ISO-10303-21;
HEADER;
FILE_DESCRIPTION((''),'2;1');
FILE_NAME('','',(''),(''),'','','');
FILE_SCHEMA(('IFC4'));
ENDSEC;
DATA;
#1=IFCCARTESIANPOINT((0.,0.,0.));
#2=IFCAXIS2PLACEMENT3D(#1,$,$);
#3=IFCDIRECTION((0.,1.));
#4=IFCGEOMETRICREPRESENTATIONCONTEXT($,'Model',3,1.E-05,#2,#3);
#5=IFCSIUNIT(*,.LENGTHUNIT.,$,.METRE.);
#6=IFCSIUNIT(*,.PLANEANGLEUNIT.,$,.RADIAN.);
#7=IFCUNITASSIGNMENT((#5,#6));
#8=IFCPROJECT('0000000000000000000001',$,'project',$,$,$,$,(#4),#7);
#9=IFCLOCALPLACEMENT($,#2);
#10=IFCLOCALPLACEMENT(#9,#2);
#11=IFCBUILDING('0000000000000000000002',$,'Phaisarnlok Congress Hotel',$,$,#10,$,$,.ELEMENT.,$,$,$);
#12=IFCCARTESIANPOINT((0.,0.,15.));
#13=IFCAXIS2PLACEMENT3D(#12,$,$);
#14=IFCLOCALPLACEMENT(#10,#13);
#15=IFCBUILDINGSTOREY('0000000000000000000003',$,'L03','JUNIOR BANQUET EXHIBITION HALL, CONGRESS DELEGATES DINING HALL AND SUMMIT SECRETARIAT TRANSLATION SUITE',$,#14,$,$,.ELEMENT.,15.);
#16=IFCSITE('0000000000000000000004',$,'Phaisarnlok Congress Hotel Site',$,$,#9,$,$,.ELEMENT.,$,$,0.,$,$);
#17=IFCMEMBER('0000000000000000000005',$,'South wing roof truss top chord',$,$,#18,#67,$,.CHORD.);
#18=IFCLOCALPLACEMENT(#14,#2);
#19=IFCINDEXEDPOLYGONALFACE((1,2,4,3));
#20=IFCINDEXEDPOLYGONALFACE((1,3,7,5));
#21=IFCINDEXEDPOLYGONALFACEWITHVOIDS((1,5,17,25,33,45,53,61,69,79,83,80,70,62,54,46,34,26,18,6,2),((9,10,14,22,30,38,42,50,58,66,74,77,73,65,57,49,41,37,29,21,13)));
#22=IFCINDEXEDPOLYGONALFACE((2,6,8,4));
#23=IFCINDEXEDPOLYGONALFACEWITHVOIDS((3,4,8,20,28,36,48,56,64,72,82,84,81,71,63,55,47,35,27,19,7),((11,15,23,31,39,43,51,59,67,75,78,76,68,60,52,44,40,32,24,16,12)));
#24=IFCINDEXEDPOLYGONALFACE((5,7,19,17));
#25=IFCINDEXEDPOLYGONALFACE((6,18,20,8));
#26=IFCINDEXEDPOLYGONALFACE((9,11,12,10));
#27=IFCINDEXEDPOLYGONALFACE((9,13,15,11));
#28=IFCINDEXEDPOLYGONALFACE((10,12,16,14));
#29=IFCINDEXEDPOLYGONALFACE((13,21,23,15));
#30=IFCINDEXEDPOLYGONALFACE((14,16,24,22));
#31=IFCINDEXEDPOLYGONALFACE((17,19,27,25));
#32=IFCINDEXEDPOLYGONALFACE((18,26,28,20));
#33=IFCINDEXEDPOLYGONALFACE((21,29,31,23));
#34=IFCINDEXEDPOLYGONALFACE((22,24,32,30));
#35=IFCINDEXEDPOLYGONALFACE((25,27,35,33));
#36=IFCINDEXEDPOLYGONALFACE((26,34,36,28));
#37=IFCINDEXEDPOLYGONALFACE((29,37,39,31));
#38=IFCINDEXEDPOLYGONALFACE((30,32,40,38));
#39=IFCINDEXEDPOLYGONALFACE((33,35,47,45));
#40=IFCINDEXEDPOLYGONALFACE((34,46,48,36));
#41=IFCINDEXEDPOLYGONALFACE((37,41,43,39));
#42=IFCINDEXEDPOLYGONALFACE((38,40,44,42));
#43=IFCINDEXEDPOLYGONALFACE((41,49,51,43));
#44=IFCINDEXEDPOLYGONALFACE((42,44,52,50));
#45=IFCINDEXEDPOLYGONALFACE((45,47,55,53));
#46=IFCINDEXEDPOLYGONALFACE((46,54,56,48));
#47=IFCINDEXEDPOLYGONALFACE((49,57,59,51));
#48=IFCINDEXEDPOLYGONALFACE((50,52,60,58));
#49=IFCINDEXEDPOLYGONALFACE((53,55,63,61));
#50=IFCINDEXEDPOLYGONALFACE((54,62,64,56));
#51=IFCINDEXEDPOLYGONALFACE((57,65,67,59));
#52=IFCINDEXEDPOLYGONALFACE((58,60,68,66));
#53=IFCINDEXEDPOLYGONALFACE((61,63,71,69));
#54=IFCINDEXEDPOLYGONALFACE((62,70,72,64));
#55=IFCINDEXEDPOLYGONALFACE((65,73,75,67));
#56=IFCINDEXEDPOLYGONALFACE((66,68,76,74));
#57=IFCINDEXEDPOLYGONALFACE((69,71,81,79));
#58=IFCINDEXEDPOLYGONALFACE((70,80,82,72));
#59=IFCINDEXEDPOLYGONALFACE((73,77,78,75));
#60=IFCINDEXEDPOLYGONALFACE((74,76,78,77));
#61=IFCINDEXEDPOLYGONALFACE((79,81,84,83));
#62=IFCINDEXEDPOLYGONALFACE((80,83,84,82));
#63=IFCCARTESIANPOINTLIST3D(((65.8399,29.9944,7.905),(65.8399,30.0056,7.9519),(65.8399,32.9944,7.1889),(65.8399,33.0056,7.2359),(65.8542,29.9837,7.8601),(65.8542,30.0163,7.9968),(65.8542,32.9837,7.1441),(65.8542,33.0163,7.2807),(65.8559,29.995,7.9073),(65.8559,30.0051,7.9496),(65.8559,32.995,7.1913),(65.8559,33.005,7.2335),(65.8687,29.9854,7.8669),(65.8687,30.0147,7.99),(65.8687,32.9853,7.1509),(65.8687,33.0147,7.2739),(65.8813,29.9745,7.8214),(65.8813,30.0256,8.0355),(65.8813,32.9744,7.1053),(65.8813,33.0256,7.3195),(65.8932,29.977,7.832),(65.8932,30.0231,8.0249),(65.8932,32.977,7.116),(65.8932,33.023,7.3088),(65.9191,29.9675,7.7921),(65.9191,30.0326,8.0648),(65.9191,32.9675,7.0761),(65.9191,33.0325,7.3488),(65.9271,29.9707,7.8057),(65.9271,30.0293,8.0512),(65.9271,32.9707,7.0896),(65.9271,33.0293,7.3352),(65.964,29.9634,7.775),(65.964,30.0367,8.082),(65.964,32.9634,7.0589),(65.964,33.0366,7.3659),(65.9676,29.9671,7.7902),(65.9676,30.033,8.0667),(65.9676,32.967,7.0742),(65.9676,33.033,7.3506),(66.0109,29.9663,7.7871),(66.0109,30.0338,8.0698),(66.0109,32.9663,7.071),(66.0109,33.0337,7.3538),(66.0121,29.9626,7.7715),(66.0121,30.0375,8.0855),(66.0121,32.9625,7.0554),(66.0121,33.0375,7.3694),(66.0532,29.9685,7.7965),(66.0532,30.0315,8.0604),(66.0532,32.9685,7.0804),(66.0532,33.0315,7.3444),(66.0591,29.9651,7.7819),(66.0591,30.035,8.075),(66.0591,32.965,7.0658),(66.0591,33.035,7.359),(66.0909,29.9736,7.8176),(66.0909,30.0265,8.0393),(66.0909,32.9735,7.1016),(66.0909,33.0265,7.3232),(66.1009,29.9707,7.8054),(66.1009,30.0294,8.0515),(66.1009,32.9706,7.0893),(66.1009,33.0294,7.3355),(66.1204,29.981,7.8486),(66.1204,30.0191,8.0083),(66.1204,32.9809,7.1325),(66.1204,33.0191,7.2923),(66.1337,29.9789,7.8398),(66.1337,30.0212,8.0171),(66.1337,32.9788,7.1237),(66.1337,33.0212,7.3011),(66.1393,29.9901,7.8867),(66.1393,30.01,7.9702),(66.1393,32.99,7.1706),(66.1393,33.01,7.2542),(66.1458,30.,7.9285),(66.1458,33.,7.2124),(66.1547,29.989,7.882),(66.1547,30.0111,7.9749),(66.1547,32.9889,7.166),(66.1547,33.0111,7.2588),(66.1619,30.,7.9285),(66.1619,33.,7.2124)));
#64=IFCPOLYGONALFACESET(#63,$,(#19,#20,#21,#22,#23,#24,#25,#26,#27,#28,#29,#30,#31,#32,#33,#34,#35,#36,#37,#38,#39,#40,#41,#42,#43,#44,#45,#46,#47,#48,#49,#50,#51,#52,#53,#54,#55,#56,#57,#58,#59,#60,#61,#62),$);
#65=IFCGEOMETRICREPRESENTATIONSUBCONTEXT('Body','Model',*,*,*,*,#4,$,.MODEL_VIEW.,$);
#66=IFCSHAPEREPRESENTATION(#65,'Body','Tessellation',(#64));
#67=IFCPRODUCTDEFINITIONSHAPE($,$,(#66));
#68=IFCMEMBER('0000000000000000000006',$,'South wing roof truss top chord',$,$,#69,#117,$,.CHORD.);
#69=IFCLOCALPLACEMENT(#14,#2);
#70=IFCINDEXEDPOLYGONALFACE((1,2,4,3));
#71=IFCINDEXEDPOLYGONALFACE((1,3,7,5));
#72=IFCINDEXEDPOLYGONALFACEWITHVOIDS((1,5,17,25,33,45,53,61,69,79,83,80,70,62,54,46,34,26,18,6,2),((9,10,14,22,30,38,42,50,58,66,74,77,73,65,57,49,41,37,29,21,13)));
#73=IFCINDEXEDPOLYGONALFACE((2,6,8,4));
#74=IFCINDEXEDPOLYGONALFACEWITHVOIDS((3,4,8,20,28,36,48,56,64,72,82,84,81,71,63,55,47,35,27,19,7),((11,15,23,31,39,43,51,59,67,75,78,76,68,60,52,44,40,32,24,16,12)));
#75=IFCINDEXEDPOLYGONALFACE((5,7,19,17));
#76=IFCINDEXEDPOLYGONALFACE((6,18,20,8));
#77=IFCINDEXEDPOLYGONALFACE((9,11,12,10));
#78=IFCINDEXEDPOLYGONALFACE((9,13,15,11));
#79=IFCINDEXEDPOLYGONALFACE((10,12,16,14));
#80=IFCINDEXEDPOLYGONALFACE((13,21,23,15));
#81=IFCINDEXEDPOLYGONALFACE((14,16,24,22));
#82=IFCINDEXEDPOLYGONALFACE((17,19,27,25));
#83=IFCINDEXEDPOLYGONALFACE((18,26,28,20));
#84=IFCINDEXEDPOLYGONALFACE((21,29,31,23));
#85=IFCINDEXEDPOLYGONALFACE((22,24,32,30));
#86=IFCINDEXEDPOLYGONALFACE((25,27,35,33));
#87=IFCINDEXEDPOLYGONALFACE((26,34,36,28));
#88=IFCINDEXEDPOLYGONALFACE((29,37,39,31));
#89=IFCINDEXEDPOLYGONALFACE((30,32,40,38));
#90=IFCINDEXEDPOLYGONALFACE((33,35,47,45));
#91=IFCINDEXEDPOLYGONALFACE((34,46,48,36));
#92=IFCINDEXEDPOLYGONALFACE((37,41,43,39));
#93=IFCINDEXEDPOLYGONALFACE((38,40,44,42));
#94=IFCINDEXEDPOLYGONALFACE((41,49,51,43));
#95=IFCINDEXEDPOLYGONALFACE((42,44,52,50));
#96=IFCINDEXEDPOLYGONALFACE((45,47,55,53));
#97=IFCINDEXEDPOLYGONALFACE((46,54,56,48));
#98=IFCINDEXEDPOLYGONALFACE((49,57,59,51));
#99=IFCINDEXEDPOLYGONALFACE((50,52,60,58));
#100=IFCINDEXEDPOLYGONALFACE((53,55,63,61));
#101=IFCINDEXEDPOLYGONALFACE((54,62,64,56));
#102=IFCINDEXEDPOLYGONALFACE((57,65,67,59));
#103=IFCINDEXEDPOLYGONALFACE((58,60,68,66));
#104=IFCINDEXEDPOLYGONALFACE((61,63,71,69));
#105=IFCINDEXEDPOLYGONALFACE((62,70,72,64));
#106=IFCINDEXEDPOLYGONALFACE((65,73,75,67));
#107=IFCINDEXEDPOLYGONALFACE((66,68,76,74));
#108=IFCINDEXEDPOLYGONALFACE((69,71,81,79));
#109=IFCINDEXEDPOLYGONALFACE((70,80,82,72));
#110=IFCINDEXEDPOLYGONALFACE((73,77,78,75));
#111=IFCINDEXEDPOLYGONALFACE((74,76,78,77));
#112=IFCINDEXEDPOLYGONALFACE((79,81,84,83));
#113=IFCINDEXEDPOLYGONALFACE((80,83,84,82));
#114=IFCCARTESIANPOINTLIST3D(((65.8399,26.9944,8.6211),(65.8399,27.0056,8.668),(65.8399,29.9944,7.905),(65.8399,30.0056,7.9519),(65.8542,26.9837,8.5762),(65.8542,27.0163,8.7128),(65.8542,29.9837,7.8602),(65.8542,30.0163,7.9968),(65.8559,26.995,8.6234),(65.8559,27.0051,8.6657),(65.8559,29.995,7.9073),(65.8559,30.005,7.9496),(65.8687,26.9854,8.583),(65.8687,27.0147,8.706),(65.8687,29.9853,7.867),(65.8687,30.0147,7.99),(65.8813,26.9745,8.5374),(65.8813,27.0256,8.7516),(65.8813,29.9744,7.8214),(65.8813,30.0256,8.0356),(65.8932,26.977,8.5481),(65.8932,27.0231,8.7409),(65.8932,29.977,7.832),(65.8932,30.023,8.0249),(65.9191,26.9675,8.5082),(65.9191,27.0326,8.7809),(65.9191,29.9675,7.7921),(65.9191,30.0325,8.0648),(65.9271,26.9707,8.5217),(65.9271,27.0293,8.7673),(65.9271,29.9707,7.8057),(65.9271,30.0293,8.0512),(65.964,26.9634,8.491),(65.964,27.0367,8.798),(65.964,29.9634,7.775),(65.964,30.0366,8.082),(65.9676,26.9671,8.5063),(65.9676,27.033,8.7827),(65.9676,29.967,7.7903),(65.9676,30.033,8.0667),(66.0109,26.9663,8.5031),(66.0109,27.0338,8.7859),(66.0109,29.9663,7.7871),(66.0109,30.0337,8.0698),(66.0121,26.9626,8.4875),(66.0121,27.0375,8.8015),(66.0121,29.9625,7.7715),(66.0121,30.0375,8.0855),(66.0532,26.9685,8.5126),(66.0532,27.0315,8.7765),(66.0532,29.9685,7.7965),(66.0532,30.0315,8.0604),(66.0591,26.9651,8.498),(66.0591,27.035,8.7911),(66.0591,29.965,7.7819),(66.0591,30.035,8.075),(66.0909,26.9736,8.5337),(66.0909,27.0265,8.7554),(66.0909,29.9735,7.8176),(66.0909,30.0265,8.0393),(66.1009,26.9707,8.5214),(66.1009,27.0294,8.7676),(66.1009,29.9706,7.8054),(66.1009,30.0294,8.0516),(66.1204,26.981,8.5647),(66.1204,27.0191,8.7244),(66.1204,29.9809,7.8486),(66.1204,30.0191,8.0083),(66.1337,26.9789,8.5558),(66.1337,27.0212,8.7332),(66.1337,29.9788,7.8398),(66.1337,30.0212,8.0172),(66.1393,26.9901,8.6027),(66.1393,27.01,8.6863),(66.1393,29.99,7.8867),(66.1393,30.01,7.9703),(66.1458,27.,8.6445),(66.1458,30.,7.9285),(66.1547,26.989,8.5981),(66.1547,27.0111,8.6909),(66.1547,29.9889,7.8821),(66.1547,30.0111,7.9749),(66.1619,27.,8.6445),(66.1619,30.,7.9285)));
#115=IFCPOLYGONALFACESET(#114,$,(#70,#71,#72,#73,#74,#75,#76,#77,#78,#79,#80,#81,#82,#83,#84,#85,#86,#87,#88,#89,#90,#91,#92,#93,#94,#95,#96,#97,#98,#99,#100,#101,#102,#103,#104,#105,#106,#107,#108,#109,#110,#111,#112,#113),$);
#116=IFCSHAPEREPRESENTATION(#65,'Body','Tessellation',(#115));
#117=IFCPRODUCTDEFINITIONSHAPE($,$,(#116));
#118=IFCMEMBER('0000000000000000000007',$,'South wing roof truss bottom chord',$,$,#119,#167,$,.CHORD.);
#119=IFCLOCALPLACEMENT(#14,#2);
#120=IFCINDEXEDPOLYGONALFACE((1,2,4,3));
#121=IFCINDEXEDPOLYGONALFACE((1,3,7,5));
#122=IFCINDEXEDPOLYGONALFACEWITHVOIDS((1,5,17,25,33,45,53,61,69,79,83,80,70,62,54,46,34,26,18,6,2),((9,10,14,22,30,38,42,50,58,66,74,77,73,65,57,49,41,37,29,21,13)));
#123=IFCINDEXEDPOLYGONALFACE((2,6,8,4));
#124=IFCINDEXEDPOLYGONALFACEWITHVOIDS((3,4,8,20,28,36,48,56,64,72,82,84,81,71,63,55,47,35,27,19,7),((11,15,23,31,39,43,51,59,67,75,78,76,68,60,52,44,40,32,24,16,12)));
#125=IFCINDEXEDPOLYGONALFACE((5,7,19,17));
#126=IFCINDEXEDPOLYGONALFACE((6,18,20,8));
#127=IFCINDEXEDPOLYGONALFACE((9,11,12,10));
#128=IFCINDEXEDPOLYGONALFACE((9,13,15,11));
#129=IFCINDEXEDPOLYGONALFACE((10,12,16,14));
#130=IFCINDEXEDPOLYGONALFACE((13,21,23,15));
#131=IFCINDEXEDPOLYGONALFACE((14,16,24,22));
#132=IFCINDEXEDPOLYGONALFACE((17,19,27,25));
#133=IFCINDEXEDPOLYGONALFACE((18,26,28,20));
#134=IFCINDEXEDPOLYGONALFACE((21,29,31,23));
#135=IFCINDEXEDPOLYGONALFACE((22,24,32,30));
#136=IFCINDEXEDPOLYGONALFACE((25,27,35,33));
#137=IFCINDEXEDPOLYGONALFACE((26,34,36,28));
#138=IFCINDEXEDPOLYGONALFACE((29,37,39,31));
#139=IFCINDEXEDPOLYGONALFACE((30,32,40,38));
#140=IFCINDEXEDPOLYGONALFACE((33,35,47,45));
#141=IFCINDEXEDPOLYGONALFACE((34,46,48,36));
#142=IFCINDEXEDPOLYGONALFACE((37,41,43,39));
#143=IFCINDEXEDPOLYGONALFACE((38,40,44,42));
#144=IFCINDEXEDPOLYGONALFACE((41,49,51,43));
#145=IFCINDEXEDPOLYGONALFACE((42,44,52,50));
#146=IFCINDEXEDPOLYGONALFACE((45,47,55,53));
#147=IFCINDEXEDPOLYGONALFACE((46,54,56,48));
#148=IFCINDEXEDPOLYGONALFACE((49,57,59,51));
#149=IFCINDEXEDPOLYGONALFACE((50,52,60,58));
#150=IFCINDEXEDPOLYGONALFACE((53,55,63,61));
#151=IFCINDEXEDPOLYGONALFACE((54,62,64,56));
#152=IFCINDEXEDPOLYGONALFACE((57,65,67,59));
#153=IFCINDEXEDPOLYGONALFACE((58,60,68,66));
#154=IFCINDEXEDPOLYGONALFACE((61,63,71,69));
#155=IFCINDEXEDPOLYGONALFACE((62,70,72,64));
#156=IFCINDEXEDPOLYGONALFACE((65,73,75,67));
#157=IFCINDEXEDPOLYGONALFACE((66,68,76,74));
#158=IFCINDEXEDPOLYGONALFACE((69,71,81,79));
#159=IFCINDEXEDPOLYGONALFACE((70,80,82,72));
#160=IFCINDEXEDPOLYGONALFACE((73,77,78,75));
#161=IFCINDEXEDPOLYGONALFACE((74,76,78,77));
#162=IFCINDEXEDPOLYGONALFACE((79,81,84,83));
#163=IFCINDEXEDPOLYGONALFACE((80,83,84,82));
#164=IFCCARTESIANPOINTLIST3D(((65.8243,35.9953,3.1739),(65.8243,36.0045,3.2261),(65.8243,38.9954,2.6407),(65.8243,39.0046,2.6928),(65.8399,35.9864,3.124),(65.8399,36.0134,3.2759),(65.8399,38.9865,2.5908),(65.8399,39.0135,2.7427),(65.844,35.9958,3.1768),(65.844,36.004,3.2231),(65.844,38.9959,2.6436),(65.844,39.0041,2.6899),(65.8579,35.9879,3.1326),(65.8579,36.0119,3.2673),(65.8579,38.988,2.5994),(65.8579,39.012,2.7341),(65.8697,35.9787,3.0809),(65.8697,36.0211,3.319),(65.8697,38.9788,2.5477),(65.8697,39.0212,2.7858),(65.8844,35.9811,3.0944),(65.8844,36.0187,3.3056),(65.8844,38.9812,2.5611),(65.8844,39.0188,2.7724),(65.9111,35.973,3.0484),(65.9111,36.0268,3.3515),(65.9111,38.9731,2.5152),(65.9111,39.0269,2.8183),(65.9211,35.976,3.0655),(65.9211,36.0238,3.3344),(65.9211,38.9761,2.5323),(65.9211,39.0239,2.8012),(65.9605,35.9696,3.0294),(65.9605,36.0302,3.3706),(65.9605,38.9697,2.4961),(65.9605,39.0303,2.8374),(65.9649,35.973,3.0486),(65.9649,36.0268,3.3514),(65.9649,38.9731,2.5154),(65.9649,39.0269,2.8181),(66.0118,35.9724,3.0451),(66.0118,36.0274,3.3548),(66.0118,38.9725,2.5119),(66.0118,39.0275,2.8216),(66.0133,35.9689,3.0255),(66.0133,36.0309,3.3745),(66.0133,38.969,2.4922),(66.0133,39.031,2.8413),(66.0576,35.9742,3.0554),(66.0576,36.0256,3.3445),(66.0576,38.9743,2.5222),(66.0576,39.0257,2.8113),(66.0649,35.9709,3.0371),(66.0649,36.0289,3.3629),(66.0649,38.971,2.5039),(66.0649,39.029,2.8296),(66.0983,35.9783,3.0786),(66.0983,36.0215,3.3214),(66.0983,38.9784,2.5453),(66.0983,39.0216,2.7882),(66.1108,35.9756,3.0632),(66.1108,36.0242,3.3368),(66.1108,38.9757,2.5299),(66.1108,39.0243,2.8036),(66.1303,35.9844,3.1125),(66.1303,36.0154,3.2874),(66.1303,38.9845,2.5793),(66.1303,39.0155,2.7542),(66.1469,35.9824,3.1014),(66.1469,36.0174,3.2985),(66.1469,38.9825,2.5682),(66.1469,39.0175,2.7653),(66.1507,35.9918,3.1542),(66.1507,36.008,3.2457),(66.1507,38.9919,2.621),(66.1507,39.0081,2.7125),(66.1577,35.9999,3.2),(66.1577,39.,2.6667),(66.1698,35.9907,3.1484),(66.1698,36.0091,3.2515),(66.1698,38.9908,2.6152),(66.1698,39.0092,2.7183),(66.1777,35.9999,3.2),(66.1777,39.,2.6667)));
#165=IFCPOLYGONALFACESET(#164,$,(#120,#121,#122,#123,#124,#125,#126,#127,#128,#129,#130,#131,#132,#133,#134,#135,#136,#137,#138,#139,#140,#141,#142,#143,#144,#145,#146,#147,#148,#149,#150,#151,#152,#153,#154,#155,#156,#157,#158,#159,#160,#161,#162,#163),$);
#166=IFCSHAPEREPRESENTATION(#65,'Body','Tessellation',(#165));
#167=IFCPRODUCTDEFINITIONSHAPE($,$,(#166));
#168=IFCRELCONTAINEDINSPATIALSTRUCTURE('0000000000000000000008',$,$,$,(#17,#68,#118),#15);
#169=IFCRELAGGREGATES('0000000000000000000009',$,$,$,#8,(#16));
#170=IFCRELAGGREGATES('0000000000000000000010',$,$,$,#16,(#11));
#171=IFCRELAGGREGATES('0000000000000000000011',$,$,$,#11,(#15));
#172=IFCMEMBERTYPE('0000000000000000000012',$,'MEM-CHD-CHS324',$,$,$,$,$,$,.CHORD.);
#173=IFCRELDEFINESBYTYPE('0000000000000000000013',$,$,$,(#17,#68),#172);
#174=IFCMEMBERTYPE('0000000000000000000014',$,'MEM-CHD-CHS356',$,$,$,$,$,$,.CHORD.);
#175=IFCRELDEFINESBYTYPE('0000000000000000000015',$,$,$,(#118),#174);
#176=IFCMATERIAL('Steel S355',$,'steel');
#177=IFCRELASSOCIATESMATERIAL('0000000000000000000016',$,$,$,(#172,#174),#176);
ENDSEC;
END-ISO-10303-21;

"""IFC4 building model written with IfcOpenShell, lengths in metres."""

from ifc_helpers import new_model, si_unit, direction, frame, origin, origin_2d, place, context, subcontext, project, spatial, hollow_circle, extrude, material, material_profile, profile_set, type_object, element, save


model = new_model("IFC4")

# Units and contexts
model_context = context("Model", 3, precision=1e-05, world=origin(), true_north=direction((0.0, 1.0)))
body_context = subcontext(model_context, "Body", "Model", "MODEL_VIEW")
ifc_project = project(units=[si_unit("LENGTHUNIT", "METRE"), si_unit("PLANEANGLEUNIT", "RADIAN")], contexts=[model_context])

# Site, building, storey
site_placement = place(None, origin())
site = spatial("IfcSite", under=ifc_project, at=site_placement, Name="Phaisarnlok Congress Hotel Site", CompositionType="ELEMENT", RefElevation=0.0)
building_placement = place(site_placement, origin())
building = spatial("IfcBuilding", under=site, at=building_placement, Name="Phaisarnlok Congress Hotel", CompositionType="ELEMENT")
storey_placement = place(building_placement, frame((0.0, 0.0, 15.0)))
storey = spatial("IfcBuildingStorey", under=building, at=storey_placement, Name="L03", Description="JUNIOR BANQUET EXHIBITION HALL, CONGRESS DELEGATES DINING HALL AND SUMMIT SECRETARIAT TRANSLATION SUITE", CompositionType="ELEMENT", Elevation=15.0)

# Shared definitions
ifc_material_1 = material(Name="Steel S355", Category="steel")

# Members
ifc_material_profile_1 = material_profile(ifc_material_1, hollow_circle(Radius=0.1619, WallThickness=0.0161, at=origin_2d()), Name="CHS 323.9x16")
ifc_profile_set_1 = profile_set([ifc_material_profile_1], Name="Steel S355")
member_type_1 = type_object("IfcMemberType", Name="MEM-CHD-CHS324", PredefinedType="CHORD", material=ifc_profile_set_1)
for number, where, z_axis, x_axis, name in (
    (1, (66.0, 33.0, 7.2124), (0.0, -0.972676, 0.232166), (1.0, 0.0, 0.0), "South wing roof truss top chord"),
    (2, (66.0, 30.0, 7.9285), (0.0, -0.972676, 0.232166), (1.0, 0.0, 0.0), "South wing roof truss top chord"),
):
    element("IfcMember", number, at=place(storey_placement, frame(where, z_axis=z_axis, x_axis=x_axis)), inside=storey, type_object=member_type_1, Name=name, PredefinedType="CHORD", context=body_context, shape_type="SweptSolid", body=[
        extrude(hollow_circle(Radius=0.1619, WallThickness=0.0161, at=origin_2d()), origin(), (0.0, 0.0, 1.0), 3.0842),
    ])
ifc_material_profile_2 = material_profile(ifc_material_1, hollow_circle(Radius=0.1777, WallThickness=0.02, at=origin_2d()), Name="CHS 355.6x20")
ifc_profile_set_2 = profile_set([ifc_material_profile_2], Name="Steel S355")
member_type_2 = type_object("IfcMemberType", Name="MEM-CHD-CHS356", PredefinedType="CHORD", material=ifc_profile_set_2)
for number, where, z_axis, x_axis, name in (
    (3, (66.0, 39.0, 2.6667), (0.0, -0.98457, 0.174992), (1.0, 0.0, 0.0), "South wing roof truss bottom chord"),
):
    element("IfcMember", number, at=place(storey_placement, frame(where, z_axis=z_axis, x_axis=x_axis)), inside=storey, type_object=member_type_2, Name=name, PredefinedType="CHORD", context=body_context, shape_type="SweptSolid", body=[
        extrude(hollow_circle(Radius=0.1777, WallThickness=0.02, at=origin_2d()), origin(), (0.0, 0.0, 1.0), 3.0471),
    ])

save(model, "model.ifc")
